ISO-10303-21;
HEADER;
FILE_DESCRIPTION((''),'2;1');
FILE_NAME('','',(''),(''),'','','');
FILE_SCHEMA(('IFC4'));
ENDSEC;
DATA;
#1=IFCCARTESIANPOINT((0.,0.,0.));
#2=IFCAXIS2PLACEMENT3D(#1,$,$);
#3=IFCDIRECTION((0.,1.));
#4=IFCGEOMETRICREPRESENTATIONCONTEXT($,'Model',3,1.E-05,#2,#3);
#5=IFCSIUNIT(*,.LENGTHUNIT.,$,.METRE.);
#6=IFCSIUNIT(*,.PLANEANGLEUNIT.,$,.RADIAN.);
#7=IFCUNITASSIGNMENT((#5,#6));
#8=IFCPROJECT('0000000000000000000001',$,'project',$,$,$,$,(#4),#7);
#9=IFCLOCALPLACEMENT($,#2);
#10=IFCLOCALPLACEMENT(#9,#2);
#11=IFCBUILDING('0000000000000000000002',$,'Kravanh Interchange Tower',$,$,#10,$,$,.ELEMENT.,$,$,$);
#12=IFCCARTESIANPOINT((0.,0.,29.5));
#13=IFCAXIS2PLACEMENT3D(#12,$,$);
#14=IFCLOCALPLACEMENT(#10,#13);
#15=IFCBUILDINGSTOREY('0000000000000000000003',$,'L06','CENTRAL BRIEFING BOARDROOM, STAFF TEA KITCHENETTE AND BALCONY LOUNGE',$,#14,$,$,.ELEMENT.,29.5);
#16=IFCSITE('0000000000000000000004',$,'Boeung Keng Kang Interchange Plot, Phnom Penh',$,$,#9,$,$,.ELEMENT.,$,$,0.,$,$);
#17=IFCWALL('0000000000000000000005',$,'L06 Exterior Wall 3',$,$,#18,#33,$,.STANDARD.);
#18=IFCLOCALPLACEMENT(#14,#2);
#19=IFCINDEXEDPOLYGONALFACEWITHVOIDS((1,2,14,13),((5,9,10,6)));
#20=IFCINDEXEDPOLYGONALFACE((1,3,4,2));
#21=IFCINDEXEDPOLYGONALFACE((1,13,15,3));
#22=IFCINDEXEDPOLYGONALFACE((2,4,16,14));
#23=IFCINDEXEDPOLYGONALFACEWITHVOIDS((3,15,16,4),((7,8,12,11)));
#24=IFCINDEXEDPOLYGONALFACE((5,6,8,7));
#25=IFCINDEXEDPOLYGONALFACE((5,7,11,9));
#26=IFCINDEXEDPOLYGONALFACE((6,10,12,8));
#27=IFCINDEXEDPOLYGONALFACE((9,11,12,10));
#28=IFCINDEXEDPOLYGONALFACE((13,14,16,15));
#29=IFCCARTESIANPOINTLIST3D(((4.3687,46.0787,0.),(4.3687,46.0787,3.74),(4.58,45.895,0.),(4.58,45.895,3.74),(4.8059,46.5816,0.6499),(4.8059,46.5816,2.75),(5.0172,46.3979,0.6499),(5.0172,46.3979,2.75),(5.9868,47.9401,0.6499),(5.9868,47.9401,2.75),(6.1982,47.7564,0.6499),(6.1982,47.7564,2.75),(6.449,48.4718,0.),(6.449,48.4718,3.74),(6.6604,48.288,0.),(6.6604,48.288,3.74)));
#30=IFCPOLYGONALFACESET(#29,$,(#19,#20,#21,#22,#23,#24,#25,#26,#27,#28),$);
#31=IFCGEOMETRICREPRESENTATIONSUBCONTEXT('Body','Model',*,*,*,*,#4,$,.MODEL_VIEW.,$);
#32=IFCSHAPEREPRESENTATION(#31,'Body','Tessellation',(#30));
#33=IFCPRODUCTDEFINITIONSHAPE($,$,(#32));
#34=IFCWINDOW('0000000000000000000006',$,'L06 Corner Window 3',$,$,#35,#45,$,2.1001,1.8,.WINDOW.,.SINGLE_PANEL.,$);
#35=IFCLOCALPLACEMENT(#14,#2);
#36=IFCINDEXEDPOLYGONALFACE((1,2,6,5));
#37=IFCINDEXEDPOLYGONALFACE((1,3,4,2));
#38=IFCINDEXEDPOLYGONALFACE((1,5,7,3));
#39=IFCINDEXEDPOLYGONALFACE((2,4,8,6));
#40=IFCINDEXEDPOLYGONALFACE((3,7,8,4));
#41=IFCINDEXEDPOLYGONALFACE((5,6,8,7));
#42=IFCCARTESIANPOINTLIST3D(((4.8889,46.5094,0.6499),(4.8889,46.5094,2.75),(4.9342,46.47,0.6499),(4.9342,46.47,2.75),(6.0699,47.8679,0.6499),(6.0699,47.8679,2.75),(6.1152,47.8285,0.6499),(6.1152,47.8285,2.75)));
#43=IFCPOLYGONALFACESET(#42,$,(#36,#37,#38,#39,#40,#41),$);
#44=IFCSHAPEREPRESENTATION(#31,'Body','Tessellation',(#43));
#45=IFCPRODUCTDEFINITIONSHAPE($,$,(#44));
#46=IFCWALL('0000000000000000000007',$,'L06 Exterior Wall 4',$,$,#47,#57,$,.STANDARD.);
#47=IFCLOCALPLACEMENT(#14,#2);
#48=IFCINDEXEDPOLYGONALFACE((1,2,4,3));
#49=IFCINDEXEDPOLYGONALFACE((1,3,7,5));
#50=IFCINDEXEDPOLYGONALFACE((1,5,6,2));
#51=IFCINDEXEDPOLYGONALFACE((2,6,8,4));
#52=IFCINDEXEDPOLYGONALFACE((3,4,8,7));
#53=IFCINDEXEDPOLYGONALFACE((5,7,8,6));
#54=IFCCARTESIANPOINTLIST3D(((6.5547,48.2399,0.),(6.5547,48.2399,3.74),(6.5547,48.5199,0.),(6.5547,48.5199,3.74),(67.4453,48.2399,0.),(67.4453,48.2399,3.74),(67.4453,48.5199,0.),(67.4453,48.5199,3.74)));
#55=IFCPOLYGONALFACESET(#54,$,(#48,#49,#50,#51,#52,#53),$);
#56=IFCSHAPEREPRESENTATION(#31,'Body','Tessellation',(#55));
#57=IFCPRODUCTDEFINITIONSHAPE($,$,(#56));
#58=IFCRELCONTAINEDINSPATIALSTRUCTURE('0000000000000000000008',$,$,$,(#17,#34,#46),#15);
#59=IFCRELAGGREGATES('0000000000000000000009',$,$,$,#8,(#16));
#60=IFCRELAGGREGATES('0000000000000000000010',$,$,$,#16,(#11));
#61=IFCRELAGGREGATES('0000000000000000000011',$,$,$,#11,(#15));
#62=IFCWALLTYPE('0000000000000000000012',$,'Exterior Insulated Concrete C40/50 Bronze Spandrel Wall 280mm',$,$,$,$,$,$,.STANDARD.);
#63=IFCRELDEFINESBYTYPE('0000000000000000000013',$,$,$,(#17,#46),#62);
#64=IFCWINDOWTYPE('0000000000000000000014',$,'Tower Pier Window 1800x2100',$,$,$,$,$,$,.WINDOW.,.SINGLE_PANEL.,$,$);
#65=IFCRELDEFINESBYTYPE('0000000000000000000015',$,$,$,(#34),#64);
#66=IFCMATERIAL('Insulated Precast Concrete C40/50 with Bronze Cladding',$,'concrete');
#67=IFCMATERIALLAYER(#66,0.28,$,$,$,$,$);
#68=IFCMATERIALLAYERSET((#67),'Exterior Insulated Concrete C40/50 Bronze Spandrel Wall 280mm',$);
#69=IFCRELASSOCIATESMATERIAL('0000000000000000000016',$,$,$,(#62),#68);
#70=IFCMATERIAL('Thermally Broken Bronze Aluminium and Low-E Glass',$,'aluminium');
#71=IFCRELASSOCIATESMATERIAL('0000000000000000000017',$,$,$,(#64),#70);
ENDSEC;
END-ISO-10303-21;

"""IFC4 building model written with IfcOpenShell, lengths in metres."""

from ifc_helpers import new_model, si_unit, direction, frame, frame_2d, origin, place, context, subcontext, project, spatial, rectangle, extrude, material, layer, layer_set, type_object, element, fill, save


model = new_model("IFC4")

# Units and contexts
model_context = context("Model", 3, precision=1e-05, world=origin(), true_north=direction((0.0, 1.0)))
body_context = subcontext(model_context, "Body", "Model", "MODEL_VIEW")
ifc_project = project(units=[si_unit("LENGTHUNIT", "METRE"), si_unit("PLANEANGLEUNIT", "RADIAN")], contexts=[model_context])

# Site, building, storey
site_placement = place(None, origin())
site = spatial("IfcSite", under=ifc_project, at=site_placement, Name="Boeung Keng Kang Interchange Plot, Phnom Penh", CompositionType="ELEMENT", RefElevation=0.0)
building_placement = place(site_placement, origin())
building = spatial("IfcBuilding", under=site, at=building_placement, Name="Kravanh Interchange Tower", CompositionType="ELEMENT")
storey_placement = place(building_placement, frame((0.0, 0.0, 29.5)))
storey = spatial("IfcBuildingStorey", under=building, at=storey_placement, Name="L06", Description="CENTRAL BRIEFING BOARDROOM, STAFF TEA KITCHENETTE AND BALCONY LOUNGE", CompositionType="ELEMENT", Elevation=29.5)

# Wall, opening, window
ifc_material_1 = material(Name="Insulated Precast Concrete C40/50 with Bronze Cladding", Category="concrete")
ifc_layer_1 = layer(ifc_material_1, 0.28)
ifc_layer_set_1 = layer_set([ifc_layer_1], Name="Exterior Insulated Concrete C40/50 Bronze Spandrel Wall 280mm")
wall_type_1 = type_object("IfcWallType", Name="Exterior Insulated Concrete C40/50 Bronze Spandrel Wall 280mm", PredefinedType="STANDARD", material=ifc_layer_set_1)
ifc_material_2 = material(Name="Thermally Broken Bronze Aluminium and Low-E Glass", Category="aluminium")
window_type = type_object("IfcWindowType", Name="Tower Pier Window 1800x2100", PartitioningType="SINGLE_PANEL", PredefinedType="WINDOW", material=ifc_material_2)
wall_1_placement = place(storey_placement, frame((4.4744, 45.9868, 0.0), z_axis=(0.0, 0.0, 1.0), x_axis=(0.65607, 0.7547, 0.0)))
wall_1 = element("IfcWall", 1, at=wall_1_placement, inside=storey, type_object=wall_type_1, Name="L06 Exterior Wall 3", PredefinedType="STANDARD", context=body_context, shape_type="SweptSolid", body=[
    extrude(rectangle(XDim=3.1709, YDim=0.28, at=frame_2d((1.5854, 0.0))), origin(), (0.0, 0.0, 1.0), 3.74),
])
opening_1_placement = place(wall_1_placement, frame((0.6665, 0.0, 0.6499)))
opening_1 = element("IfcOpeningElement", 2, at=opening_1_placement, cuts=wall_1, PredefinedType="OPENING", context=body_context, shape_type="SweptSolid", body=[
    extrude(rectangle(XDim=1.8, YDim=2.1001, at=frame_2d((0.8999, 1.05))), frame((0.0, 0.1499, 0.0), z_axis=(0.0, -1.0, 0.0), x_axis=(1.0, 0.0, 0.0)), (0.0, 0.0, 1.0), 0.3),
])
window_1_placement = place(opening_1_placement, origin())
window_1 = element("IfcWindow", 3, at=window_1_placement, inside=storey, type_object=window_type, Name="L06 Corner Window 3", OverallHeight=2.1001, OverallWidth=1.8, PartitioningType="SINGLE_PANEL", PredefinedType="WINDOW", context=body_context, shape_type="SweptSolid", body=[
    extrude(rectangle(XDim=1.8, YDim=2.1001, at=frame_2d((0.8999, 1.05))), frame((0.0, 0.03, 0.0), z_axis=(0.0, -1.0, 0.0), x_axis=(1.0, 0.0, 0.0)), (0.0, 0.0, 1.0), 0.0601),
])
fill(opening_1, window_1)

# Wall
wall_2_placement = place(storey_placement, frame((6.5547, 48.3799, 0.0), z_axis=(0.0, 0.0, 1.0), x_axis=(1.0, 0.0, 0.0)))
element("IfcWall", 4, at=wall_2_placement, inside=storey, type_object=wall_type_1, Name="L06 Exterior Wall 4", PredefinedType="STANDARD", context=body_context, shape_type="SweptSolid", body=[
    extrude(rectangle(XDim=60.8906, YDim=0.28, at=frame_2d((30.4453, 0.0))), origin(), (0.0, 0.0, 1.0), 3.74),
])

save(model, "model.ifc")
